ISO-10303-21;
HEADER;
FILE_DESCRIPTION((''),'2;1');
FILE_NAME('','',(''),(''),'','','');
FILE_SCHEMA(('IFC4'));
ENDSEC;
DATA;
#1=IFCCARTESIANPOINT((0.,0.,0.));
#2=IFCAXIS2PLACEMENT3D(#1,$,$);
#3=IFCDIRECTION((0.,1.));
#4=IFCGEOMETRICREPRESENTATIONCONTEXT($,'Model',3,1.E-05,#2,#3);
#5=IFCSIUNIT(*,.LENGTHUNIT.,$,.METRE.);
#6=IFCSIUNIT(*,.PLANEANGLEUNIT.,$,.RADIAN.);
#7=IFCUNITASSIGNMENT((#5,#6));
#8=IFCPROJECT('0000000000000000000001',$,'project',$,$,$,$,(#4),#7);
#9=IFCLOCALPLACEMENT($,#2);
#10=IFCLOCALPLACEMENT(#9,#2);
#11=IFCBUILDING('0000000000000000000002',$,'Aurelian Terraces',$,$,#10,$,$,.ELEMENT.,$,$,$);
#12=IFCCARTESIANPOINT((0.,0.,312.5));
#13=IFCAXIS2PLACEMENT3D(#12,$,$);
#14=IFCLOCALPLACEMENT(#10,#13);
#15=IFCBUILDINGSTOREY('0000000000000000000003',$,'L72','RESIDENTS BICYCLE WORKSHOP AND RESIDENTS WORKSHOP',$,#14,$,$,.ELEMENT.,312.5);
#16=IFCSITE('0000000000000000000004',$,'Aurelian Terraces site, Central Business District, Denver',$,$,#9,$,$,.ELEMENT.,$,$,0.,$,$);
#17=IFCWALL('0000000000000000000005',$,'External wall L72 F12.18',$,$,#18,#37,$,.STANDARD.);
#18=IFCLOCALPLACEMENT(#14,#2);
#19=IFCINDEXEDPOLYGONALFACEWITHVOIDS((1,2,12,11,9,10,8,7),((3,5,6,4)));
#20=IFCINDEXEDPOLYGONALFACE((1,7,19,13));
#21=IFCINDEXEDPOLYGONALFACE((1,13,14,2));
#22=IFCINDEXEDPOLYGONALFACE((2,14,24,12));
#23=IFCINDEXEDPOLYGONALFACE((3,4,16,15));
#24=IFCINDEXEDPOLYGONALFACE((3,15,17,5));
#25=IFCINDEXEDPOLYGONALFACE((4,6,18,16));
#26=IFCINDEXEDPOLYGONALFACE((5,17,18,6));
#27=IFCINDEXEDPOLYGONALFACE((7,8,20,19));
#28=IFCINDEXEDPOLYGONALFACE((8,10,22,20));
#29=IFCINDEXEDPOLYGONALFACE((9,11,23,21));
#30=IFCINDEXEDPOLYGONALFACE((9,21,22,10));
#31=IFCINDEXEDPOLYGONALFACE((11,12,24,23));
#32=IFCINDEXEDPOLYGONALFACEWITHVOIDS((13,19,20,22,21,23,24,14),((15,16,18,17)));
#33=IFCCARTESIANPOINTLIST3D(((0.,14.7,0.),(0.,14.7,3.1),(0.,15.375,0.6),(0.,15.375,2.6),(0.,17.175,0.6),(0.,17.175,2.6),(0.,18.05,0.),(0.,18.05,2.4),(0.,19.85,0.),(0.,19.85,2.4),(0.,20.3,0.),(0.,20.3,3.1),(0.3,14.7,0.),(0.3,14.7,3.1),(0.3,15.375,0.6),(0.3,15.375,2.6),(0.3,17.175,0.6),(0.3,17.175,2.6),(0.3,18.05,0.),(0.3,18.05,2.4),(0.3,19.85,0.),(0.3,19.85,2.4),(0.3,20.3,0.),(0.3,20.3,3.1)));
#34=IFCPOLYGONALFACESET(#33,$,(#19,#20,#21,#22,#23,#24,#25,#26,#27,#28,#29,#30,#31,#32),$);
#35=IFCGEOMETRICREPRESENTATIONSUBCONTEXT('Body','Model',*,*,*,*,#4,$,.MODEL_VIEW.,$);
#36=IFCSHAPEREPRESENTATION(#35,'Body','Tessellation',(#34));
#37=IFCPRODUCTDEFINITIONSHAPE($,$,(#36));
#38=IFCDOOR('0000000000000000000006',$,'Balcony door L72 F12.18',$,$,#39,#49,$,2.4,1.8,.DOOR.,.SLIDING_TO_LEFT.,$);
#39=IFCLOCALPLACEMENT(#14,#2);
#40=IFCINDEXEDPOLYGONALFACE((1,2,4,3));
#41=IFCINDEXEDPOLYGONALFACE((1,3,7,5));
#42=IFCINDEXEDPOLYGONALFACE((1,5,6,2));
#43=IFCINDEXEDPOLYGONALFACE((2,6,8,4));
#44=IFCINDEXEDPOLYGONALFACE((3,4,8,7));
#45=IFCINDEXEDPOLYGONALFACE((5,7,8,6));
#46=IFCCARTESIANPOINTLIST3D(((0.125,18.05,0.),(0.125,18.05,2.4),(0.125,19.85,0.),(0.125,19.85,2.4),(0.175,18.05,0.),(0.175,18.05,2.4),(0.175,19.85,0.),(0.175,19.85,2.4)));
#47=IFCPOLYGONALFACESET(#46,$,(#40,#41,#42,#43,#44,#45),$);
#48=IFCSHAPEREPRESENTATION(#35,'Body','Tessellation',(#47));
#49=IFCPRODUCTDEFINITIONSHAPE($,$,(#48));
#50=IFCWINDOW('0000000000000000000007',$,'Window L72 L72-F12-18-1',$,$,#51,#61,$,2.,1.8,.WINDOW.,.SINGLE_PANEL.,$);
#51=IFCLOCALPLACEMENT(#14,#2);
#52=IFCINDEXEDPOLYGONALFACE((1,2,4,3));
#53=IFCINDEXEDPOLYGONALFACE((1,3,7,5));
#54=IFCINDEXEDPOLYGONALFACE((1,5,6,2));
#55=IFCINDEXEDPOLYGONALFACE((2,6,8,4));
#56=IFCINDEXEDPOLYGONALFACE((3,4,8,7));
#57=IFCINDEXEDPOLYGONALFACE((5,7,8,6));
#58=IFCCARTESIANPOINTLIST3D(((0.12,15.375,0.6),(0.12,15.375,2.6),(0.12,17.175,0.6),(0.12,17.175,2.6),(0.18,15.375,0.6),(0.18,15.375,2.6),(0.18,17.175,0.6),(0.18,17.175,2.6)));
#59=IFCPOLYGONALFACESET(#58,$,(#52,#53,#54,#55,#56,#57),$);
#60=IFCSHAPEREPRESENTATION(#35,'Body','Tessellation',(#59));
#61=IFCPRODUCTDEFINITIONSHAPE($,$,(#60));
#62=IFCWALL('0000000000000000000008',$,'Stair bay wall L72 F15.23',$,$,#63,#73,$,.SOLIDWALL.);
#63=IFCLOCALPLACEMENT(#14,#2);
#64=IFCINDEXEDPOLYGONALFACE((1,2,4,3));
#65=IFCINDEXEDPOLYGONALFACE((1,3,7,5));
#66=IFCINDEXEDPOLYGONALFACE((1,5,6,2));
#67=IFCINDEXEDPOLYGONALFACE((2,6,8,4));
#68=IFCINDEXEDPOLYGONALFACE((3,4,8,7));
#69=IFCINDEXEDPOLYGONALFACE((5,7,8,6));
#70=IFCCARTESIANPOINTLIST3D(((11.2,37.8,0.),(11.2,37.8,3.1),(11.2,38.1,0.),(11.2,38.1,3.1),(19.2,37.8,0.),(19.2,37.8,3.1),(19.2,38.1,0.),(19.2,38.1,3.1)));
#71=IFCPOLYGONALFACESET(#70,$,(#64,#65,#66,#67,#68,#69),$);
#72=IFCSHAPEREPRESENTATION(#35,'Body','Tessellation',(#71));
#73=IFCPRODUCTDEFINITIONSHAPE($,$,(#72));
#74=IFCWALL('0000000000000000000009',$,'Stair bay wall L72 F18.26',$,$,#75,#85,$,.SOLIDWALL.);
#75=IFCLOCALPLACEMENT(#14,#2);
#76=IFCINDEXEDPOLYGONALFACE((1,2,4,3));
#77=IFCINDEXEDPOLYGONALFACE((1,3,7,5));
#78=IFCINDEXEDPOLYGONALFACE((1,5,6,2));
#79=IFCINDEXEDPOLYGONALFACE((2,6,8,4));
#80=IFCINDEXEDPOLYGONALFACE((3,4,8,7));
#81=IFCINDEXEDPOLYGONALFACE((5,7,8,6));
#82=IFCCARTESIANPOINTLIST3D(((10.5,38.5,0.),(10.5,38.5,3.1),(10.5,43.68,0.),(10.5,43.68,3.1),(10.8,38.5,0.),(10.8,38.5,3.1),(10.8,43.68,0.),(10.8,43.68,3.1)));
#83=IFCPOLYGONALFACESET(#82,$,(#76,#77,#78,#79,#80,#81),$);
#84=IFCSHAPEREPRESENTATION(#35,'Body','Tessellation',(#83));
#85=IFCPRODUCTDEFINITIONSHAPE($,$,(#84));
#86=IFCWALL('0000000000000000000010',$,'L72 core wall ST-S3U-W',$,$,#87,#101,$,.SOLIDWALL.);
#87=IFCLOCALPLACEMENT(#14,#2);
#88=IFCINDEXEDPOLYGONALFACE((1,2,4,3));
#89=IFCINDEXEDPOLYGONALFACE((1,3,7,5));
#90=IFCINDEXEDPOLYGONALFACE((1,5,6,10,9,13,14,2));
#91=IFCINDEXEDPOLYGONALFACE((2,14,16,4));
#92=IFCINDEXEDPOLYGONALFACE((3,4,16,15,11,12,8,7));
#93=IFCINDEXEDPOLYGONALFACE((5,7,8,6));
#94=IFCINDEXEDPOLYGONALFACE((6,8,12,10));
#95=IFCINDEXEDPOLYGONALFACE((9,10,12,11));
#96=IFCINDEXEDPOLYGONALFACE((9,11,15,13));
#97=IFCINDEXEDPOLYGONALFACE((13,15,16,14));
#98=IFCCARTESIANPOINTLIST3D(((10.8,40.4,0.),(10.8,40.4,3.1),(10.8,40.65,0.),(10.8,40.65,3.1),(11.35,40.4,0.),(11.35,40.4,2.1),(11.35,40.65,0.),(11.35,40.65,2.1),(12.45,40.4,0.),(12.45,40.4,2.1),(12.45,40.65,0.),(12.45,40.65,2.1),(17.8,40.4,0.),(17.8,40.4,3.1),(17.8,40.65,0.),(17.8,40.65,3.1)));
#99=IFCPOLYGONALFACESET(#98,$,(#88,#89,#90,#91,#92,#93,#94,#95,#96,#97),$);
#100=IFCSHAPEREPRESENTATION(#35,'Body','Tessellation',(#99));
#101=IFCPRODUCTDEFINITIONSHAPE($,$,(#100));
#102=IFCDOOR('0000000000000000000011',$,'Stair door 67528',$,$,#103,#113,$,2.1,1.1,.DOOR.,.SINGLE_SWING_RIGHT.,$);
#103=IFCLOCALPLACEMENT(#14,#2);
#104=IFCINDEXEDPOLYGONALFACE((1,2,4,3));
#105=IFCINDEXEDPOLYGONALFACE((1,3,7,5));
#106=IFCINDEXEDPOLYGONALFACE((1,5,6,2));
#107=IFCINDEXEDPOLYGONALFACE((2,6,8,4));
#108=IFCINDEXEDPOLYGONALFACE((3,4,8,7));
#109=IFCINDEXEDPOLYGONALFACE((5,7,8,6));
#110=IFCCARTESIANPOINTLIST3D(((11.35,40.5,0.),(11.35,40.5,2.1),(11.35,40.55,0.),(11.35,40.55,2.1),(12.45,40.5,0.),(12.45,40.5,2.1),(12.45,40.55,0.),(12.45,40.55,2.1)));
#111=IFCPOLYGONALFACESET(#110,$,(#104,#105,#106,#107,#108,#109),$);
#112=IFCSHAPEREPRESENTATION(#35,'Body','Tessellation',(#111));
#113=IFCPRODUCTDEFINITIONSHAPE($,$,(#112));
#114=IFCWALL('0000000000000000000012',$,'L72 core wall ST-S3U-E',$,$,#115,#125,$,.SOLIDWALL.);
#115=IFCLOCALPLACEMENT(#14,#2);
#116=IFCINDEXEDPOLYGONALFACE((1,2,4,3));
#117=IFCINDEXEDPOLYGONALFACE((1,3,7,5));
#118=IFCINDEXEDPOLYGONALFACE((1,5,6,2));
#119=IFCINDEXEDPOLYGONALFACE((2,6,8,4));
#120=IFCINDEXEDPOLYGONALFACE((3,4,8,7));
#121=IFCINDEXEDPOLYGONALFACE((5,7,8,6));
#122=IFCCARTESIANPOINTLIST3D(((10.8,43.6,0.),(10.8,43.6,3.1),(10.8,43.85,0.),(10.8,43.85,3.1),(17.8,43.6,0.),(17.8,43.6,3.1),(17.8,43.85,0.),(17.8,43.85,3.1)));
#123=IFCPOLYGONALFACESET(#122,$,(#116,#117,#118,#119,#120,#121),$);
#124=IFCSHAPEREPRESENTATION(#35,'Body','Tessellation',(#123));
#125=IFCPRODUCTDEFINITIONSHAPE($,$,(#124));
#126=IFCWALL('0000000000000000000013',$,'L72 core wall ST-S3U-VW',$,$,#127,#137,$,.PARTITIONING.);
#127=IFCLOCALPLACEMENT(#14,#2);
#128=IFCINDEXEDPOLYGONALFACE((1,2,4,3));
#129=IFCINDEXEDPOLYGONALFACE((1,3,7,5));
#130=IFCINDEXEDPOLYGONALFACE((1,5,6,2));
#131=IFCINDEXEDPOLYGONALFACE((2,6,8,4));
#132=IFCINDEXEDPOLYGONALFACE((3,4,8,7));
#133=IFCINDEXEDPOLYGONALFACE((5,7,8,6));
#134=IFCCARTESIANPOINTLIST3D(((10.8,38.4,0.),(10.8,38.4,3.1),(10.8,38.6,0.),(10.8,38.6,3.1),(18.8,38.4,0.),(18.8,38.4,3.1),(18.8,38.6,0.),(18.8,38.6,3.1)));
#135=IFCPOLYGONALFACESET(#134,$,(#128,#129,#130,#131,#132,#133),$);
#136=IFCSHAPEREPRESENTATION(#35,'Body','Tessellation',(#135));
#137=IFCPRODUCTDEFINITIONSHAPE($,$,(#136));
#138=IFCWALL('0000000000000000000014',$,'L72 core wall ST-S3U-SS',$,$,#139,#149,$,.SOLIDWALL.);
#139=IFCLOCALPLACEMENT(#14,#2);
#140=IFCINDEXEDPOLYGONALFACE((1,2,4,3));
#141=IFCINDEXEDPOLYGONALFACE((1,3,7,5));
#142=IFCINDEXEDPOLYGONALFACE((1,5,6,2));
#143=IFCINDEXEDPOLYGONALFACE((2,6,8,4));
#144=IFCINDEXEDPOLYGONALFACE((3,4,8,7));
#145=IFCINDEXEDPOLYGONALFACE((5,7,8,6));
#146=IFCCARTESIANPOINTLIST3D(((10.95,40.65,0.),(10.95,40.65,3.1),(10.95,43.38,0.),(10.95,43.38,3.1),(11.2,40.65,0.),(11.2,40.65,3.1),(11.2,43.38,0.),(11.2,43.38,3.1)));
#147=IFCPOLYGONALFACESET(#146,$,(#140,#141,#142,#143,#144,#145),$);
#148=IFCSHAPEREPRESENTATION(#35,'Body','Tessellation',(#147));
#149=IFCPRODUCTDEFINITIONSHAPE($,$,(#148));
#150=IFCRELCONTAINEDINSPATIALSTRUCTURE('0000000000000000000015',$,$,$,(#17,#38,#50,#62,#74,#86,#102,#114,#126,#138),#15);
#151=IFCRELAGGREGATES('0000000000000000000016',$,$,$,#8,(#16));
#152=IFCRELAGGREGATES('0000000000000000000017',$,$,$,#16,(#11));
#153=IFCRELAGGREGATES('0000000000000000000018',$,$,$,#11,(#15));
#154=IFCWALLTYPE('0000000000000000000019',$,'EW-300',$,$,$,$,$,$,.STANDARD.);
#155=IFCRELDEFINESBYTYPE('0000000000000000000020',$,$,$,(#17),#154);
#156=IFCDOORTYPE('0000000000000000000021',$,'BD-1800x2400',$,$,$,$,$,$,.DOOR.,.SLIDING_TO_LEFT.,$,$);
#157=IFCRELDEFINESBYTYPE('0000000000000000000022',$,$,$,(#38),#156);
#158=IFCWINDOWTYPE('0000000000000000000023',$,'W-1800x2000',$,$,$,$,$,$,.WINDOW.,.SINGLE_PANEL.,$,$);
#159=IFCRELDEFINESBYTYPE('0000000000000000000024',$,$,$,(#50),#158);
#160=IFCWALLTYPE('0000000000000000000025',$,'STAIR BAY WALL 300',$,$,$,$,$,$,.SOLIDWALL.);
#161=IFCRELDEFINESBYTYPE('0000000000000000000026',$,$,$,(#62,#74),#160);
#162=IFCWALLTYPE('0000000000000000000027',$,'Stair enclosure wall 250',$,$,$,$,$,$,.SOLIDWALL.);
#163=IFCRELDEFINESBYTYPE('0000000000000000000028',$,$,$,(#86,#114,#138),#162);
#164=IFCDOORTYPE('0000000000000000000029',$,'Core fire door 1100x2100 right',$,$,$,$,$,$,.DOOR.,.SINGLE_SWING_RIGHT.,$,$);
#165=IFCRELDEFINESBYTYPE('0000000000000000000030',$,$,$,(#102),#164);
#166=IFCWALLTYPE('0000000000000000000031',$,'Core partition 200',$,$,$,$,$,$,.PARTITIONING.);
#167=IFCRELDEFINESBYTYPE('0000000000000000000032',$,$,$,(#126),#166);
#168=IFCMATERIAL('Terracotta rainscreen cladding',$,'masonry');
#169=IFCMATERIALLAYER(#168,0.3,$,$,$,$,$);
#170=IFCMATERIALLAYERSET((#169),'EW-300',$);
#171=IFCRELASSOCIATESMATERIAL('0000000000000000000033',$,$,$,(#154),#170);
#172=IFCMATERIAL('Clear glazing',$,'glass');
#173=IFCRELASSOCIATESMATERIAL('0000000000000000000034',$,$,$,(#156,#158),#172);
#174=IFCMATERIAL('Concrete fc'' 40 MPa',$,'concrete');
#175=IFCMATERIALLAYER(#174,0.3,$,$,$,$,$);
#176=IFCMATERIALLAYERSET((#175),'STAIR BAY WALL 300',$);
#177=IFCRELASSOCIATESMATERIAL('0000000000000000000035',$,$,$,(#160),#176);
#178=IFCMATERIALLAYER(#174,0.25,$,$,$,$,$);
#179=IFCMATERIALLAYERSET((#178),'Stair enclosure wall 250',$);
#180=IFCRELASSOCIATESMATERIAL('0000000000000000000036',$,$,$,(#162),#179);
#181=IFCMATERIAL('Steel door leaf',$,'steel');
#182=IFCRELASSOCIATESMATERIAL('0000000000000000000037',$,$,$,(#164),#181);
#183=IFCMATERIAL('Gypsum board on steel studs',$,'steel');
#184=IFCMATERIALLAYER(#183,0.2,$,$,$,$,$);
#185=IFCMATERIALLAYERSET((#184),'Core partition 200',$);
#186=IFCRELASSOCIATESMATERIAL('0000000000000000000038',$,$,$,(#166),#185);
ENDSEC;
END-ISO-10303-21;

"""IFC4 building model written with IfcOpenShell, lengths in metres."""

from ifc_helpers import new_model, si_unit, direction, frame, frame_2d, origin, place, context, subcontext, project, spatial, rectangle, extrude, source, transform, mapped, material, layer, layer_set, type_object, element, fill, save


model = new_model("IFC4")

# Units and contexts
model_context = context("Model", 3, precision=1e-05, world=origin(), true_north=direction((0.0, 1.0)))
body_context = subcontext(model_context, "Body", "Model", "MODEL_VIEW")
ifc_project = project(units=[si_unit("LENGTHUNIT", "METRE"), si_unit("PLANEANGLEUNIT", "RADIAN")], contexts=[model_context])

# Site, building, storey
site_placement = place(None, origin())
site = spatial("IfcSite", under=ifc_project, at=site_placement, Name="Aurelian Terraces site, Central Business District, Denver", CompositionType="ELEMENT", RefElevation=0.0)
building_placement = place(site_placement, origin())
building = spatial("IfcBuilding", under=site, at=building_placement, Name="Aurelian Terraces", CompositionType="ELEMENT")
storey_placement = place(building_placement, frame((0.0, 0.0, 312.5)))
storey = spatial("IfcBuildingStorey", under=building, at=storey_placement, Name="L72", Description="RESIDENTS BICYCLE WORKSHOP AND RESIDENTS WORKSHOP", CompositionType="ELEMENT", Elevation=312.5)

# Shared definitions
ifc_material_1 = material(Name="Terracotta rainscreen cladding", Category="masonry")
ifc_layer_1 = layer(ifc_material_1, 0.3)
ifc_layer_set_1 = layer_set([ifc_layer_1], Name="EW-300")
wall_type_1 = type_object("IfcWallType", Name="EW-300", PredefinedType="STANDARD", material=ifc_layer_set_1)
ifc_material_2 = material(Name="Clear glazing", Category="glass")

# Wall, openings, door, window
shared_shape_1 = source(origin(), body_context, "Body", "SweptSolid", [
    extrude(rectangle(XDim=5.6, YDim=0.3, at=frame_2d((2.8, 0.0))), origin(), (0.0, 0.0, 1.0), 3.1),
])
wall_1_placement = place(storey_placement, frame((0.15, 20.3, 0.0), z_axis=(0.0, 0.0, 1.0), x_axis=(0.0, -1.0, 0.0)))
wall_1 = element("IfcWall", 1, at=wall_1_placement, inside=storey, type_object=wall_type_1, Name="External wall L72 F12.18", PredefinedType="STANDARD", context=body_context, shape_type="MappedRepresentation", body=[
    mapped(shared_shape_1, transform((0.0, 0.0, 0.0), scale=1.0)),
])
shared_shape_2 = source(origin(), body_context, "Body", "SweptSolid", [
    extrude(rectangle(XDim=1.8, YDim=2.4, at=frame_2d((0.9, 1.2))), frame((0.0, 0.16, 0.0), z_axis=(0.0, -1.0, 0.0), x_axis=(1.0, 0.0, 0.0)), (0.0, 0.0, 1.0), 0.32),
])
opening_1_placement = place(wall_1_placement, frame((0.45, 0.0, 0.0)))
opening_1 = element("IfcOpeningElement", 2, at=opening_1_placement, cuts=wall_1, PredefinedType="OPENING", context=body_context, shape_type="MappedRepresentation", body=[
    mapped(shared_shape_2, transform((0.0, 0.0, 0.0), scale=1.0)),
])
shared_shape_3 = source(origin(), body_context, "Body", "SweptSolid", [
    extrude(rectangle(XDim=1.8, YDim=2.0, at=frame_2d((0.9, 1.0))), frame((0.0, 0.16, 0.0), z_axis=(0.0, -1.0, 0.0), x_axis=(1.0, 0.0, 0.0)), (0.0, 0.0, 1.0), 0.32),
])
opening_2_placement = place(wall_1_placement, frame((3.125, 0.0, 0.6)))
opening_2 = element("IfcOpeningElement", 3, at=opening_2_placement, cuts=wall_1, PredefinedType="OPENING", context=body_context, shape_type="MappedRepresentation", body=[
    mapped(shared_shape_3, transform((0.0, 0.0, 0.0), scale=1.0)),
])
door_type_1 = type_object("IfcDoorType", Name="BD-1800x2400", OperationType="SLIDING_TO_LEFT", PredefinedType="DOOR", material=ifc_material_2)
shared_shape_4 = source(origin(), body_context, "Body", "SweptSolid", [
    extrude(rectangle(XDim=1.8, YDim=2.4, at=frame_2d((0.9, 1.2))), frame((0.0, 0.025, 0.0), z_axis=(0.0, -1.0, 0.0), x_axis=(1.0, 0.0, 0.0)), (0.0, 0.0, 1.0), 0.05),
])
door_1_placement = place(opening_1_placement, origin())
door_1 = element("IfcDoor", 4, at=door_1_placement, inside=storey, type_object=door_type_1, Name="Balcony door L72 F12.18", OperationType="SLIDING_TO_LEFT", OverallHeight=2.4, OverallWidth=1.8, PredefinedType="DOOR", context=body_context, shape_type="MappedRepresentation", body=[
    mapped(shared_shape_4, transform((0.0, 0.0, 0.0), scale=1.0)),
])
fill(opening_1, door_1)
window_type_1 = type_object("IfcWindowType", Name="W-1800x2000", PartitioningType="SINGLE_PANEL", PredefinedType="WINDOW", material=ifc_material_2)
shared_shape_5 = source(origin(), body_context, "Body", "SweptSolid", [
    extrude(rectangle(XDim=1.8, YDim=2.0, at=frame_2d((0.9, 1.0))), frame((0.0, 0.03, 0.0), z_axis=(0.0, -1.0, 0.0), x_axis=(1.0, 0.0, 0.0)), (0.0, 0.0, 1.0), 0.06),
])
window_1_placement = place(opening_2_placement, origin())
window_1 = element("IfcWindow", 5, at=window_1_placement, inside=storey, type_object=window_type_1, Name="Window L72 L72-F12-18-1", OverallHeight=2.0, OverallWidth=1.8, PartitioningType="SINGLE_PANEL", PredefinedType="WINDOW", context=body_context, shape_type="MappedRepresentation", body=[
    mapped(shared_shape_5, transform((0.0, 0.0, 0.0), scale=1.0)),
])
fill(opening_2, window_1)

# Walls
ifc_material_3 = material(Name="Concrete fc' 40 MPa", Category="concrete")
ifc_layer_2 = layer(ifc_material_3, 0.3)
ifc_layer_set_2 = layer_set([ifc_layer_2], Name="STAIR BAY WALL 300")
wall_type_2 = type_object("IfcWallType", Name="STAIR BAY WALL 300", PredefinedType="SOLIDWALL", material=ifc_layer_set_2)
shared_shape_6 = source(origin(), body_context, "Body", "SweptSolid", [
    extrude(rectangle(XDim=8.0, YDim=0.3, at=frame_2d((4.0, 0.0))), origin(), (0.0, 0.0, 1.0), 3.1),
])
wall_2_placement = place(storey_placement, frame((11.2, 37.95, 0.0), z_axis=(0.0, 0.0, 1.0), x_axis=(1.0, 0.0, 0.0)))
element("IfcWall", 6, at=wall_2_placement, inside=storey, type_object=wall_type_2, Name="Stair bay wall L72 F15.23", PredefinedType="SOLIDWALL", context=body_context, shape_type="MappedRepresentation", body=[
    mapped(shared_shape_6, transform((0.0, 0.0, 0.0), scale=1.0)),
])
shared_shape_7 = source(origin(), body_context, "Body", "SweptSolid", [
    extrude(rectangle(XDim=5.18, YDim=0.3, at=frame_2d((2.59, 0.0))), origin(), (0.0, 0.0, 1.0), 3.1),
])
wall_3_placement = place(storey_placement, frame((10.65, 43.68, 0.0), z_axis=(0.0, 0.0, 1.0), x_axis=(0.0, -1.0, 0.0)))
element("IfcWall", 7, at=wall_3_placement, inside=storey, type_object=wall_type_2, Name="Stair bay wall L72 F18.26", PredefinedType="SOLIDWALL", context=body_context, shape_type="MappedRepresentation", body=[
    mapped(shared_shape_7, transform((0.0, 0.0, 0.0), scale=1.0)),
])

# Wall, opening, door
ifc_layer_3 = layer(ifc_material_3, 0.25)
ifc_layer_set_3 = layer_set([ifc_layer_3], Name="Stair enclosure wall 250")
wall_type_3 = type_object("IfcWallType", Name="Stair enclosure wall 250", PredefinedType="SOLIDWALL", material=ifc_layer_set_3)
shared_shape_8 = source(origin(), body_context, "Body", "SweptSolid", [
    extrude(rectangle(XDim=7.0, YDim=0.25, at=frame_2d((3.5, 0.0))), origin(), (0.0, 0.0, 1.0), 3.1),
])
wall_4_placement = place(storey_placement, frame((10.8, 40.525, 0.0), z_axis=(0.0, 0.0, 1.0), x_axis=(1.0, 0.0, 0.0)))
wall_4 = element("IfcWall", 8, at=wall_4_placement, inside=storey, type_object=wall_type_3, Name="L72 core wall ST-S3U-W", PredefinedType="SOLIDWALL", context=body_context, shape_type="MappedRepresentation", body=[
    mapped(shared_shape_8, transform((0.0, 0.0, 0.0), scale=1.0)),
])
shared_shape_9 = source(origin(), body_context, "Body", "SweptSolid", [
    extrude(rectangle(XDim=1.1, YDim=2.1, at=frame_2d((0.55, 1.05))), frame((0.0, 0.135, 0.0), z_axis=(0.0, -1.0, 0.0), x_axis=(1.0, 0.0, 0.0)), (0.0, 0.0, 1.0), 0.27),
])
opening_3_placement = place(wall_4_placement, frame((0.55, 0.0, 0.0)))
opening_3 = element("IfcOpeningElement", 9, at=opening_3_placement, cuts=wall_4, PredefinedType="OPENING", context=body_context, shape_type="MappedRepresentation", body=[
    mapped(shared_shape_9, transform((0.0, 0.0, 0.0), scale=1.0)),
])
ifc_material_4 = material(Name="Steel door leaf", Category="steel")
door_type_2 = type_object("IfcDoorType", Name="Core fire door 1100x2100 right", OperationType="SINGLE_SWING_RIGHT", PredefinedType="DOOR", material=ifc_material_4)
shared_shape_10 = source(origin(), body_context, "Body", "SweptSolid", [
    extrude(rectangle(XDim=1.1, YDim=2.1, at=frame_2d((0.55, 1.05))), frame((0.0, 0.025, 0.0), z_axis=(0.0, -1.0, 0.0), x_axis=(1.0, 0.0, 0.0)), (0.0, 0.0, 1.0), 0.05),
])
door_2_placement = place(opening_3_placement, origin())
door_2 = element("IfcDoor", 10, at=door_2_placement, inside=storey, type_object=door_type_2, Name="Stair door 67528", OperationType="SINGLE_SWING_RIGHT", OverallHeight=2.1, OverallWidth=1.1, PredefinedType="DOOR", context=body_context, shape_type="MappedRepresentation", body=[
    mapped(shared_shape_10, transform((0.0, 0.0, 0.0), scale=1.0)),
])
fill(opening_3, door_2)

# Walls
wall_5_placement = place(storey_placement, frame((10.8, 43.725, 0.0), z_axis=(0.0, 0.0, 1.0), x_axis=(1.0, 0.0, 0.0)))
element("IfcWall", 11, at=wall_5_placement, inside=storey, type_object=wall_type_3, Name="L72 core wall ST-S3U-E", PredefinedType="SOLIDWALL", context=body_context, shape_type="MappedRepresentation", body=[
    mapped(shared_shape_8, transform((0.0, 0.0, 0.0), scale=1.0)),
])
ifc_material_5 = material(Name="Gypsum board on steel studs", Category="steel")
ifc_layer_4 = layer(ifc_material_5, 0.2)
ifc_layer_set_4 = layer_set([ifc_layer_4], Name="Core partition 200")
wall_type_4 = type_object("IfcWallType", Name="Core partition 200", PredefinedType="PARTITIONING", material=ifc_layer_set_4)
shared_shape_11 = source(origin(), body_context, "Body", "SweptSolid", [
    extrude(rectangle(XDim=8.0, YDim=0.2, at=frame_2d((4.0, 0.0))), origin(), (0.0, 0.0, 1.0), 3.1),
])
wall_6_placement = place(storey_placement, frame((10.8, 38.5, 0.0), z_axis=(0.0, 0.0, 1.0), x_axis=(1.0, 0.0, 0.0)))
element("IfcWall", 12, at=wall_6_placement, inside=storey, type_object=wall_type_4, Name="L72 core wall ST-S3U-VW", PredefinedType="PARTITIONING", context=body_context, shape_type="MappedRepresentation", body=[
    mapped(shared_shape_11, transform((0.0, 0.0, 0.0), scale=1.0)),
])
shared_shape_12 = source(origin(), body_context, "Body", "SweptSolid", [
    extrude(rectangle(XDim=2.73, YDim=0.25, at=frame_2d((1.365, 0.0))), origin(), (0.0, 0.0, 1.0), 3.1),
])
wall_7_placement = place(storey_placement, frame((11.075, 40.65, 0.0), z_axis=(0.0, 0.0, 1.0), x_axis=(0.0, 1.0, 0.0)))
element("IfcWall", 13, at=wall_7_placement, inside=storey, type_object=wall_type_3, Name="L72 core wall ST-S3U-SS", PredefinedType="SOLIDWALL", context=body_context, shape_type="MappedRepresentation", body=[
    mapped(shared_shape_12, transform((0.0, 0.0, 0.0), scale=1.0)),
])

save(model, "model.ifc")
